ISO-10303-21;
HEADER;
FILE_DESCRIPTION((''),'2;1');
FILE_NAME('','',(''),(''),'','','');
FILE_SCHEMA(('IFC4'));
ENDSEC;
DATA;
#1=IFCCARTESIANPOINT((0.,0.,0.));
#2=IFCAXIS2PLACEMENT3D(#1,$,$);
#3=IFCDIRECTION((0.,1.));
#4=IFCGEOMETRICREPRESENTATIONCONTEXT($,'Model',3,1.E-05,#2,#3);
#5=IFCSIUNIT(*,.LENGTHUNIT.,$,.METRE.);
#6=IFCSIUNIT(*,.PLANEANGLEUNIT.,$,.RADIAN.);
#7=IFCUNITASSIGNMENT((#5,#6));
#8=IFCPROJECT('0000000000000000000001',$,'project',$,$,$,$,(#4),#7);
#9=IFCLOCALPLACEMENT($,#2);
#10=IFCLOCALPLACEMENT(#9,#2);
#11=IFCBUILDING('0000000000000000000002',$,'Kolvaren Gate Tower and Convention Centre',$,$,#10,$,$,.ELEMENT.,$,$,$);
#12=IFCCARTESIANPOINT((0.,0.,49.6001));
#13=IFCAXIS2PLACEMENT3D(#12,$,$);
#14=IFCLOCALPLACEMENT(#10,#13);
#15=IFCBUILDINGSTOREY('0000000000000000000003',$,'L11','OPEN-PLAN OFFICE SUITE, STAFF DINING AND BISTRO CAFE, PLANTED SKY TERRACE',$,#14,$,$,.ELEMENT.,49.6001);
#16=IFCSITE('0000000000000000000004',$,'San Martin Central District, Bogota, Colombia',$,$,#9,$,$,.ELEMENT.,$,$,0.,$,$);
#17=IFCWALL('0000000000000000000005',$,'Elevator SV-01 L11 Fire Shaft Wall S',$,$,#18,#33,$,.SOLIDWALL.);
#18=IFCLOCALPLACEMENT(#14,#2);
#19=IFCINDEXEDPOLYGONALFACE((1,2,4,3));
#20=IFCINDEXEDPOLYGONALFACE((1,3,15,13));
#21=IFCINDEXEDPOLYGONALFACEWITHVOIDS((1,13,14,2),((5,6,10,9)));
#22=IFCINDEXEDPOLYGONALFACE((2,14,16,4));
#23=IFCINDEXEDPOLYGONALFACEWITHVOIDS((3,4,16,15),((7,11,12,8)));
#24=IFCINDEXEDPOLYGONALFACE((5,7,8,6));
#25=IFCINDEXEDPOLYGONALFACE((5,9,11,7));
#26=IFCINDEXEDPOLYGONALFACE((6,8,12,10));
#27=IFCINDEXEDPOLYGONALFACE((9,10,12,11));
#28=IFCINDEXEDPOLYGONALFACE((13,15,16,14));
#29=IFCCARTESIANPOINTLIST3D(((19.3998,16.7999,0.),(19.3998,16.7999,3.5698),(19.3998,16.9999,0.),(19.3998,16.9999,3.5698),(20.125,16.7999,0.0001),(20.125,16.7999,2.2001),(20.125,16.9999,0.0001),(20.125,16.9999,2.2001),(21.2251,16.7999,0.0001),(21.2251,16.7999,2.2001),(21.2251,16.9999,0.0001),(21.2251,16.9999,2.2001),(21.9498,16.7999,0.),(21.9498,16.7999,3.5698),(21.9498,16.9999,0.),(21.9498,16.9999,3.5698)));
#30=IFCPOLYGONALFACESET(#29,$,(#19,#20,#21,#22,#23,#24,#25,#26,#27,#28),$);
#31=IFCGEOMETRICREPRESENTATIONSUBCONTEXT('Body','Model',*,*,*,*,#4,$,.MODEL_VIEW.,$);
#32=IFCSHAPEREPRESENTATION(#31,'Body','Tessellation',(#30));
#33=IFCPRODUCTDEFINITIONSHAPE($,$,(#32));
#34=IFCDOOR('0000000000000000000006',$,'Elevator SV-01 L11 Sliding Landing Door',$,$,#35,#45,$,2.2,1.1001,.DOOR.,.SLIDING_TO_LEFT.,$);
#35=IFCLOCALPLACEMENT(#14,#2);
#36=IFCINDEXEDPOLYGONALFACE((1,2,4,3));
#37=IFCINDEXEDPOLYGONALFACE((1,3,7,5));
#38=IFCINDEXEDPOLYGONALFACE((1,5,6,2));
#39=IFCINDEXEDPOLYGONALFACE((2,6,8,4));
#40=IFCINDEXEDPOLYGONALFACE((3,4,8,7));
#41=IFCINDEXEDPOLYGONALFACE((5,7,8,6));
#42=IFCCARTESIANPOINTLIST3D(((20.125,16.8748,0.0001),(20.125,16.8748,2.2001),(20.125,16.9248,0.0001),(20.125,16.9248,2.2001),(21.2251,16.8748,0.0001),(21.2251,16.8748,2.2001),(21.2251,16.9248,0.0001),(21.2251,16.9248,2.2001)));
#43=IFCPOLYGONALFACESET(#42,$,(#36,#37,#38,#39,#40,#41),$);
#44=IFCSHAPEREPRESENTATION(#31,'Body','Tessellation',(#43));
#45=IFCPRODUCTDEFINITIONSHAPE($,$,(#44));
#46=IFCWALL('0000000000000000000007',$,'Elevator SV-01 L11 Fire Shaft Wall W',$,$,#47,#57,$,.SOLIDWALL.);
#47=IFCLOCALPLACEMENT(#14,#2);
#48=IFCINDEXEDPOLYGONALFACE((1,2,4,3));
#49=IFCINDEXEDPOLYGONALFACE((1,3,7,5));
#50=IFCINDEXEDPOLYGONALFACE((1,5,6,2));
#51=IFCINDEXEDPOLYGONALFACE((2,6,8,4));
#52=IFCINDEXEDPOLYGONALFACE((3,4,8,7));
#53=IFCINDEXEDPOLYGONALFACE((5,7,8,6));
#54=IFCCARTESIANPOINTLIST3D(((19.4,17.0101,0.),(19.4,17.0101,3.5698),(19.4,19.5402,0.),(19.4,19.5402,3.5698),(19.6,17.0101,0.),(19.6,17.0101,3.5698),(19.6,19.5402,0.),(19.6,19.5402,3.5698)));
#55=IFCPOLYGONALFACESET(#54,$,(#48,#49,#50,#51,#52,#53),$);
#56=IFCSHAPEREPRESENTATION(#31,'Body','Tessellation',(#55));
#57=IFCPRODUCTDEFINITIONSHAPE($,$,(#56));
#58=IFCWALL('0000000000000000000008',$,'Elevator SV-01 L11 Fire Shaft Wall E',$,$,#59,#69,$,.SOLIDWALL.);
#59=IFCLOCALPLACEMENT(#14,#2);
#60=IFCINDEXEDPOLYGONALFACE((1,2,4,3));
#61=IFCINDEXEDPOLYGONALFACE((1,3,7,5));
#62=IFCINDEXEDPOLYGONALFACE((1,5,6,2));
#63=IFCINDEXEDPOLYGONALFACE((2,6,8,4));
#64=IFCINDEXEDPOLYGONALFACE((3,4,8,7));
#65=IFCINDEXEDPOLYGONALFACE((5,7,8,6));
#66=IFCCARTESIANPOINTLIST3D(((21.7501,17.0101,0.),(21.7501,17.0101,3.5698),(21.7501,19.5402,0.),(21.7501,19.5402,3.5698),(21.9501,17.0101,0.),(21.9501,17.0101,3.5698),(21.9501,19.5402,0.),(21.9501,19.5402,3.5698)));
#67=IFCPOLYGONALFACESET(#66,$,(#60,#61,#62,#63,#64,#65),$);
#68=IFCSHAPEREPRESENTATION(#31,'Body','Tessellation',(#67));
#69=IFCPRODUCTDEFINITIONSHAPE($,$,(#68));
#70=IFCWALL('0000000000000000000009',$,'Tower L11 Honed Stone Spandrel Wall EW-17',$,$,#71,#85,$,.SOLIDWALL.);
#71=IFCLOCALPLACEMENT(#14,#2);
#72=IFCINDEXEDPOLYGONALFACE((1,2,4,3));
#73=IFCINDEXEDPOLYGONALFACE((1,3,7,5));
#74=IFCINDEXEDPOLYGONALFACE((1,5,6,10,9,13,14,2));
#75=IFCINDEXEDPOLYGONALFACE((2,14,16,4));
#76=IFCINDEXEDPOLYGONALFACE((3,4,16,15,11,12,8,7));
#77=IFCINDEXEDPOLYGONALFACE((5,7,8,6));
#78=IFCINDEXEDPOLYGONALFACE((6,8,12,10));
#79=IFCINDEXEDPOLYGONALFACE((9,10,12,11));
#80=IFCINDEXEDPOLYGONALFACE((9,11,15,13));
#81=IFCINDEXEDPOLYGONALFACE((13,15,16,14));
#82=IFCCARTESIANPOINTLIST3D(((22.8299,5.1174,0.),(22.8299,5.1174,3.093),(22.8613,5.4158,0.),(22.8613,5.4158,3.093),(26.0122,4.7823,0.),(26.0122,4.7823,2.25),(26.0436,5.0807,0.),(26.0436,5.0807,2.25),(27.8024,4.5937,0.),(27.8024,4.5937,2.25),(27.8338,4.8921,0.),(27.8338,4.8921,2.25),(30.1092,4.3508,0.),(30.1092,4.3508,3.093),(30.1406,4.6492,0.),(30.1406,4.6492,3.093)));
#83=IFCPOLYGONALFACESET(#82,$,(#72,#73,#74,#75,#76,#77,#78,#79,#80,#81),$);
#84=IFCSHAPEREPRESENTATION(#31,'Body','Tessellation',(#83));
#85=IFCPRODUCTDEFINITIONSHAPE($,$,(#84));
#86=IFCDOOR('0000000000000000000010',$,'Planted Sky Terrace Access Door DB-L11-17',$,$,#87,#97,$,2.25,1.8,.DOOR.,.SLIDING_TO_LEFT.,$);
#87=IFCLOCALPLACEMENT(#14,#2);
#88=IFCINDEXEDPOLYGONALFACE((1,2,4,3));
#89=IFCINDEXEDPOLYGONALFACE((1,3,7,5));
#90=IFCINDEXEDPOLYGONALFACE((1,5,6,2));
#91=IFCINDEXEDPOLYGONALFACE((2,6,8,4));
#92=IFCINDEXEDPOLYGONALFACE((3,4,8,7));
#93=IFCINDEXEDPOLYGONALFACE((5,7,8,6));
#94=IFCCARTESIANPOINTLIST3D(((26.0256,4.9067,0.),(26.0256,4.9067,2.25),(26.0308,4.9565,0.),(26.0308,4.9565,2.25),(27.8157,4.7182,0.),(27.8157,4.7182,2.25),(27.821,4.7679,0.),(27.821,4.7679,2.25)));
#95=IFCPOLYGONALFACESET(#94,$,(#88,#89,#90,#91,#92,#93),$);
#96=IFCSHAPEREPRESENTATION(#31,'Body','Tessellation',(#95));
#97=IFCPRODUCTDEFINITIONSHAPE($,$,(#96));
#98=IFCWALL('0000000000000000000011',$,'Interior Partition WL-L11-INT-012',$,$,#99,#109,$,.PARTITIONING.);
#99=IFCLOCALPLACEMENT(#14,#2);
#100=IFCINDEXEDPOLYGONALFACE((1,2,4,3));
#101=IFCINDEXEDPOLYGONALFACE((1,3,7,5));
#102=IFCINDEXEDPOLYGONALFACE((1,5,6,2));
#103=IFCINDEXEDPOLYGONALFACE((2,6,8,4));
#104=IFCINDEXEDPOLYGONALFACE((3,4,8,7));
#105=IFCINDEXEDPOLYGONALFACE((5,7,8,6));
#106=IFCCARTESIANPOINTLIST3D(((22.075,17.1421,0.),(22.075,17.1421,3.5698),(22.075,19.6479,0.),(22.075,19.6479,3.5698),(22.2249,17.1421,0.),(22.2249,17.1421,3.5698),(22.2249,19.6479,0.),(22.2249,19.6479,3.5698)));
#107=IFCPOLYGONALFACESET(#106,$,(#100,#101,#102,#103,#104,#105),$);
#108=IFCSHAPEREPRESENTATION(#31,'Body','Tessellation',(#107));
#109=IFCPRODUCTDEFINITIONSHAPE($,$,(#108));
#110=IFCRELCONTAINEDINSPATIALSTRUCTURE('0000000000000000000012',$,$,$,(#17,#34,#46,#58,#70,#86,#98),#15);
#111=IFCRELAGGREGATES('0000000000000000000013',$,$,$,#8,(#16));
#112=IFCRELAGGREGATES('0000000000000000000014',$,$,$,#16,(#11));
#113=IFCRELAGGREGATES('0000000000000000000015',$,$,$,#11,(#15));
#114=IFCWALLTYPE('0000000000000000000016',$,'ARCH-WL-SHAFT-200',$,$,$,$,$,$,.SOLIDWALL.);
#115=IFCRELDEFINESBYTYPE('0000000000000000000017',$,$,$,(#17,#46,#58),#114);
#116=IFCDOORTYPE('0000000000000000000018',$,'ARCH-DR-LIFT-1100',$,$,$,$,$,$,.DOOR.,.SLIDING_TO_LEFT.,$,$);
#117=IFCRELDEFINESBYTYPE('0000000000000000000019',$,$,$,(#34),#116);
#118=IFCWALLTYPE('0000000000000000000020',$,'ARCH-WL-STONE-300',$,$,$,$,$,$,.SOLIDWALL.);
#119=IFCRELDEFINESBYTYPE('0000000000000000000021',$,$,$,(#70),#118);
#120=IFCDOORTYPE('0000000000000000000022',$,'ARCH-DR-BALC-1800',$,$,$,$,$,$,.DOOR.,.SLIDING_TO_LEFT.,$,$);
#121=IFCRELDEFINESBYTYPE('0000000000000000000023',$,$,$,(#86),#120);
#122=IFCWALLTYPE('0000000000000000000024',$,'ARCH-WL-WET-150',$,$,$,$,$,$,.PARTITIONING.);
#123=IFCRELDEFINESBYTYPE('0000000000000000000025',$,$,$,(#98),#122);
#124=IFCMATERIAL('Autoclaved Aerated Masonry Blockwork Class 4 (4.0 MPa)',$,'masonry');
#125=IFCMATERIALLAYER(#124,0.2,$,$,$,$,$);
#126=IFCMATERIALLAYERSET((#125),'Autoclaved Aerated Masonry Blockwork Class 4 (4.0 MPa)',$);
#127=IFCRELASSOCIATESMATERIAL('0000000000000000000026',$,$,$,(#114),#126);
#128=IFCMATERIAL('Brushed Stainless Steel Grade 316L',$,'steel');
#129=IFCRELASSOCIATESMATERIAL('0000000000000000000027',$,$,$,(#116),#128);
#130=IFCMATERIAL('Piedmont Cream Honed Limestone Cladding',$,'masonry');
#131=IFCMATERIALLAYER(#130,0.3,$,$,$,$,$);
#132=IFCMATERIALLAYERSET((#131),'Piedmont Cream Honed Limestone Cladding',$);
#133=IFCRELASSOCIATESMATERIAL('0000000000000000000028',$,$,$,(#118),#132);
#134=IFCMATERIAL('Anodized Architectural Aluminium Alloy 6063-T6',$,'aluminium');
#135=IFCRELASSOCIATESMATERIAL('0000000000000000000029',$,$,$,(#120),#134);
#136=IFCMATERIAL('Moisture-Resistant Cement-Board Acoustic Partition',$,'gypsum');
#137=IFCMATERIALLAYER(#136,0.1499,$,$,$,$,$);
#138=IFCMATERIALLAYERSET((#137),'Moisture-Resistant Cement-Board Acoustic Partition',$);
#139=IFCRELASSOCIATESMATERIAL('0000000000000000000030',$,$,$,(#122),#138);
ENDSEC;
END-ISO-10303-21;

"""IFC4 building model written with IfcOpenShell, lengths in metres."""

from ifc_helpers import new_model, si_unit, direction, frame, frame_2d, origin, place, context, subcontext, project, spatial, rectangle, extrude, material, layer, layer_set, type_object, element, fill, save


model = new_model("IFC4")

# Units and contexts
model_context = context("Model", 3, precision=1e-05, world=origin(), true_north=direction((0.0, 1.0)))
body_context = subcontext(model_context, "Body", "Model", "MODEL_VIEW")
ifc_project = project(units=[si_unit("LENGTHUNIT", "METRE"), si_unit("PLANEANGLEUNIT", "RADIAN")], contexts=[model_context])

# Site, building, storey
site_placement = place(None, origin())
site = spatial("IfcSite", under=ifc_project, at=site_placement, Name="San Martin Central District, Bogota, Colombia", CompositionType="ELEMENT", RefElevation=0.0)
building_placement = place(site_placement, origin())
building = spatial("IfcBuilding", under=site, at=building_placement, Name="Kolvaren Gate Tower and Convention Centre", CompositionType="ELEMENT")
storey_placement = place(building_placement, frame((0.0, 0.0, 49.6001)))
storey = spatial("IfcBuildingStorey", under=building, at=storey_placement, Name="L11", Description="OPEN-PLAN OFFICE SUITE, STAFF DINING AND BISTRO CAFE, PLANTED SKY TERRACE", CompositionType="ELEMENT", Elevation=49.6001)

# Shared definitions
ifc_material_1 = material(Name="Autoclaved Aerated Masonry Blockwork Class 4 (4.0 MPa)", Category="masonry")

# Shared definitions
ifc_material_2 = material(Name="Piedmont Cream Honed Limestone Cladding", Category="masonry")

# Wall, opening, door
ifc_layer_1 = layer(ifc_material_1, 0.2)
ifc_layer_set_1 = layer_set([ifc_layer_1], Name="Autoclaved Aerated Masonry Blockwork Class 4 (4.0 MPa)")
wall_type_1 = type_object("IfcWallType", Name="ARCH-WL-SHAFT-200", PredefinedType="SOLIDWALL", material=ifc_layer_set_1)
wall_1_placement = place(storey_placement, frame((19.3999, 16.8999, 0.0), z_axis=(0.0, 0.0, 1.0), x_axis=(1.0, 0.0, 0.0)))
wall_1 = element("IfcWall", 1, at=wall_1_placement, inside=storey, type_object=wall_type_1, Name="Elevator SV-01 L11 Fire Shaft Wall S", PredefinedType="SOLIDWALL", context=body_context, shape_type="SweptSolid", body=[
    extrude(rectangle(XDim=2.55, YDim=0.2, at=frame_2d((1.2749, 0.0))), origin(), (0.0, 0.0, 1.0), 3.5698),
])
opening_1_placement = place(wall_1_placement, frame((0.7251, 0.0, 0.0)))
opening_1 = element("IfcOpeningElement", 2, at=opening_1_placement, cuts=wall_1, PredefinedType="OPENING", context=body_context, shape_type="SweptSolid", body=[
    extrude(rectangle(XDim=1.1001, YDim=2.2, at=frame_2d((0.55, 1.1001))), frame((0.0, 0.1099, 0.0), z_axis=(0.0, -1.0, 0.0), x_axis=(1.0, 0.0, 0.0)), (0.0, 0.0, 1.0), 0.22),
])
ifc_material_3 = material(Name="Brushed Stainless Steel Grade 316L", Category="steel")
door_type_1 = type_object("IfcDoorType", Name="ARCH-DR-LIFT-1100", OperationType="SLIDING_TO_LEFT", PredefinedType="DOOR", material=ifc_material_3)
door_1_placement = place(opening_1_placement, origin())
door_1 = element("IfcDoor", 3, at=door_1_placement, inside=storey, type_object=door_type_1, Name="Elevator SV-01 L11 Sliding Landing Door", OperationType="SLIDING_TO_LEFT", OverallHeight=2.2, OverallWidth=1.1001, PredefinedType="DOOR", context=body_context, shape_type="SweptSolid", body=[
    extrude(rectangle(XDim=1.1001, YDim=2.2, at=frame_2d((0.55, 1.1001))), frame((0.0, 0.0249, 0.0), z_axis=(0.0, -1.0, 0.0), x_axis=(1.0, 0.0, 0.0)), (0.0, 0.0, 1.0), 0.05),
])
fill(opening_1, door_1)

# Walls
for number, where, z_axis, x_axis, name in (
    (4, (19.5, 17.01, 0.0), (0.0, 0.0, 1.0), (0.0, 1.0, 0.0), "Elevator SV-01 L11 Fire Shaft Wall W"),
    (5, (21.8501, 17.01, 0.0), (0.0, 0.0, 1.0), (0.0, 1.0, 0.0), "Elevator SV-01 L11 Fire Shaft Wall E"),
):
    element("IfcWall", number, at=place(storey_placement, frame(where, z_axis=z_axis, x_axis=x_axis)), inside=storey, type_object=wall_type_1, Name=name, PredefinedType="SOLIDWALL", context=body_context, shape_type="SweptSolid", body=[
        extrude(rectangle(XDim=2.53, YDim=0.2, at=frame_2d((1.2651, 0.0))), origin(), (0.0, 0.0, 1.0), 3.5698),
    ])

# Wall, opening, door
ifc_layer_2 = layer(ifc_material_2, 0.3)
ifc_layer_set_2 = layer_set([ifc_layer_2], Name="Piedmont Cream Honed Limestone Cladding")
wall_type_2 = type_object("IfcWallType", Name="ARCH-WL-STONE-300", PredefinedType="SOLIDWALL", material=ifc_layer_set_2)
wall_2_placement = place(storey_placement, frame((22.8457, 5.2666, 0.0), z_axis=(0.0, 0.0, 1.0), x_axis=(0.9945, -0.104733, 0.0)))
wall_2 = element("IfcWall", 6, at=wall_2_placement, inside=storey, type_object=wall_type_2, Name="Tower L11 Honed Stone Spandrel Wall EW-17", PredefinedType="SOLIDWALL", context=body_context, shape_type="SweptSolid", body=[
    extrude(rectangle(XDim=7.3196, YDim=0.3, at=frame_2d((3.6597, 0.0))), origin(), (0.0, 0.0, 1.0), 3.093),
])
opening_2_placement = place(wall_2_placement, frame((3.2, 0.0, 0.0)))
opening_2 = element("IfcOpeningElement", 7, at=opening_2_placement, cuts=wall_2, PredefinedType="OPENING", context=body_context, shape_type="SweptSolid", body=[
    extrude(rectangle(XDim=1.8, YDim=2.25, at=frame_2d((0.8999, 1.125))), frame((0.0, 0.1599, 0.0), z_axis=(0.0, -1.0, 0.0), x_axis=(1.0, 0.0, 0.0)), (0.0, 0.0, 1.0), 0.3201),
])
ifc_material_4 = material(Name="Anodized Architectural Aluminium Alloy 6063-T6", Category="aluminium")
door_type_2 = type_object("IfcDoorType", Name="ARCH-DR-BALC-1800", OperationType="SLIDING_TO_LEFT", PredefinedType="DOOR", material=ifc_material_4)
door_2_placement = place(opening_2_placement, frame((1.8, 0.0, 0.0), z_axis=(0.0, 0.0, 1.0), x_axis=(-1.0, 0.0, 0.0)))
door_2 = element("IfcDoor", 8, at=door_2_placement, inside=storey, type_object=door_type_2, Name="Planted Sky Terrace Access Door DB-L11-17", OperationType="SLIDING_TO_LEFT", OverallHeight=2.25, OverallWidth=1.8, PredefinedType="DOOR", context=body_context, shape_type="SweptSolid", body=[
    extrude(rectangle(XDim=1.8, YDim=2.25, at=frame_2d((0.8999, 1.125))), frame((0.0, 0.0249, 0.0), z_axis=(0.0, -1.0, 0.0), x_axis=(1.0, 0.0, 0.0)), (0.0, 0.0, 1.0), 0.05),
])
fill(opening_2, door_2)

# Wall
ifc_material_5 = material(Name="Moisture-Resistant Cement-Board Acoustic Partition", Category="gypsum")
ifc_layer_3 = layer(ifc_material_5, 0.1499)
ifc_layer_set_3 = layer_set([ifc_layer_3], Name="Moisture-Resistant Cement-Board Acoustic Partition")
wall_type_3 = type_object("IfcWallType", Name="ARCH-WL-WET-150", PredefinedType="PARTITIONING", material=ifc_layer_set_3)
wall_3_placement = place(storey_placement, frame((22.1499, 17.1421, 0.0), z_axis=(0.0, 0.0, 1.0), x_axis=(0.0, 1.0, 0.0)))
element("IfcWall", 9, at=wall_3_placement, inside=storey, type_object=wall_type_3, Name="Interior Partition WL-L11-INT-012", PredefinedType="PARTITIONING", context=body_context, shape_type="SweptSolid", body=[
    extrude(rectangle(XDim=2.5059, YDim=0.1499, at=frame_2d((1.2529, 0.0))), origin(), (0.0, 0.0, 1.0), 3.5698),
])

save(model, "model.ifc")
